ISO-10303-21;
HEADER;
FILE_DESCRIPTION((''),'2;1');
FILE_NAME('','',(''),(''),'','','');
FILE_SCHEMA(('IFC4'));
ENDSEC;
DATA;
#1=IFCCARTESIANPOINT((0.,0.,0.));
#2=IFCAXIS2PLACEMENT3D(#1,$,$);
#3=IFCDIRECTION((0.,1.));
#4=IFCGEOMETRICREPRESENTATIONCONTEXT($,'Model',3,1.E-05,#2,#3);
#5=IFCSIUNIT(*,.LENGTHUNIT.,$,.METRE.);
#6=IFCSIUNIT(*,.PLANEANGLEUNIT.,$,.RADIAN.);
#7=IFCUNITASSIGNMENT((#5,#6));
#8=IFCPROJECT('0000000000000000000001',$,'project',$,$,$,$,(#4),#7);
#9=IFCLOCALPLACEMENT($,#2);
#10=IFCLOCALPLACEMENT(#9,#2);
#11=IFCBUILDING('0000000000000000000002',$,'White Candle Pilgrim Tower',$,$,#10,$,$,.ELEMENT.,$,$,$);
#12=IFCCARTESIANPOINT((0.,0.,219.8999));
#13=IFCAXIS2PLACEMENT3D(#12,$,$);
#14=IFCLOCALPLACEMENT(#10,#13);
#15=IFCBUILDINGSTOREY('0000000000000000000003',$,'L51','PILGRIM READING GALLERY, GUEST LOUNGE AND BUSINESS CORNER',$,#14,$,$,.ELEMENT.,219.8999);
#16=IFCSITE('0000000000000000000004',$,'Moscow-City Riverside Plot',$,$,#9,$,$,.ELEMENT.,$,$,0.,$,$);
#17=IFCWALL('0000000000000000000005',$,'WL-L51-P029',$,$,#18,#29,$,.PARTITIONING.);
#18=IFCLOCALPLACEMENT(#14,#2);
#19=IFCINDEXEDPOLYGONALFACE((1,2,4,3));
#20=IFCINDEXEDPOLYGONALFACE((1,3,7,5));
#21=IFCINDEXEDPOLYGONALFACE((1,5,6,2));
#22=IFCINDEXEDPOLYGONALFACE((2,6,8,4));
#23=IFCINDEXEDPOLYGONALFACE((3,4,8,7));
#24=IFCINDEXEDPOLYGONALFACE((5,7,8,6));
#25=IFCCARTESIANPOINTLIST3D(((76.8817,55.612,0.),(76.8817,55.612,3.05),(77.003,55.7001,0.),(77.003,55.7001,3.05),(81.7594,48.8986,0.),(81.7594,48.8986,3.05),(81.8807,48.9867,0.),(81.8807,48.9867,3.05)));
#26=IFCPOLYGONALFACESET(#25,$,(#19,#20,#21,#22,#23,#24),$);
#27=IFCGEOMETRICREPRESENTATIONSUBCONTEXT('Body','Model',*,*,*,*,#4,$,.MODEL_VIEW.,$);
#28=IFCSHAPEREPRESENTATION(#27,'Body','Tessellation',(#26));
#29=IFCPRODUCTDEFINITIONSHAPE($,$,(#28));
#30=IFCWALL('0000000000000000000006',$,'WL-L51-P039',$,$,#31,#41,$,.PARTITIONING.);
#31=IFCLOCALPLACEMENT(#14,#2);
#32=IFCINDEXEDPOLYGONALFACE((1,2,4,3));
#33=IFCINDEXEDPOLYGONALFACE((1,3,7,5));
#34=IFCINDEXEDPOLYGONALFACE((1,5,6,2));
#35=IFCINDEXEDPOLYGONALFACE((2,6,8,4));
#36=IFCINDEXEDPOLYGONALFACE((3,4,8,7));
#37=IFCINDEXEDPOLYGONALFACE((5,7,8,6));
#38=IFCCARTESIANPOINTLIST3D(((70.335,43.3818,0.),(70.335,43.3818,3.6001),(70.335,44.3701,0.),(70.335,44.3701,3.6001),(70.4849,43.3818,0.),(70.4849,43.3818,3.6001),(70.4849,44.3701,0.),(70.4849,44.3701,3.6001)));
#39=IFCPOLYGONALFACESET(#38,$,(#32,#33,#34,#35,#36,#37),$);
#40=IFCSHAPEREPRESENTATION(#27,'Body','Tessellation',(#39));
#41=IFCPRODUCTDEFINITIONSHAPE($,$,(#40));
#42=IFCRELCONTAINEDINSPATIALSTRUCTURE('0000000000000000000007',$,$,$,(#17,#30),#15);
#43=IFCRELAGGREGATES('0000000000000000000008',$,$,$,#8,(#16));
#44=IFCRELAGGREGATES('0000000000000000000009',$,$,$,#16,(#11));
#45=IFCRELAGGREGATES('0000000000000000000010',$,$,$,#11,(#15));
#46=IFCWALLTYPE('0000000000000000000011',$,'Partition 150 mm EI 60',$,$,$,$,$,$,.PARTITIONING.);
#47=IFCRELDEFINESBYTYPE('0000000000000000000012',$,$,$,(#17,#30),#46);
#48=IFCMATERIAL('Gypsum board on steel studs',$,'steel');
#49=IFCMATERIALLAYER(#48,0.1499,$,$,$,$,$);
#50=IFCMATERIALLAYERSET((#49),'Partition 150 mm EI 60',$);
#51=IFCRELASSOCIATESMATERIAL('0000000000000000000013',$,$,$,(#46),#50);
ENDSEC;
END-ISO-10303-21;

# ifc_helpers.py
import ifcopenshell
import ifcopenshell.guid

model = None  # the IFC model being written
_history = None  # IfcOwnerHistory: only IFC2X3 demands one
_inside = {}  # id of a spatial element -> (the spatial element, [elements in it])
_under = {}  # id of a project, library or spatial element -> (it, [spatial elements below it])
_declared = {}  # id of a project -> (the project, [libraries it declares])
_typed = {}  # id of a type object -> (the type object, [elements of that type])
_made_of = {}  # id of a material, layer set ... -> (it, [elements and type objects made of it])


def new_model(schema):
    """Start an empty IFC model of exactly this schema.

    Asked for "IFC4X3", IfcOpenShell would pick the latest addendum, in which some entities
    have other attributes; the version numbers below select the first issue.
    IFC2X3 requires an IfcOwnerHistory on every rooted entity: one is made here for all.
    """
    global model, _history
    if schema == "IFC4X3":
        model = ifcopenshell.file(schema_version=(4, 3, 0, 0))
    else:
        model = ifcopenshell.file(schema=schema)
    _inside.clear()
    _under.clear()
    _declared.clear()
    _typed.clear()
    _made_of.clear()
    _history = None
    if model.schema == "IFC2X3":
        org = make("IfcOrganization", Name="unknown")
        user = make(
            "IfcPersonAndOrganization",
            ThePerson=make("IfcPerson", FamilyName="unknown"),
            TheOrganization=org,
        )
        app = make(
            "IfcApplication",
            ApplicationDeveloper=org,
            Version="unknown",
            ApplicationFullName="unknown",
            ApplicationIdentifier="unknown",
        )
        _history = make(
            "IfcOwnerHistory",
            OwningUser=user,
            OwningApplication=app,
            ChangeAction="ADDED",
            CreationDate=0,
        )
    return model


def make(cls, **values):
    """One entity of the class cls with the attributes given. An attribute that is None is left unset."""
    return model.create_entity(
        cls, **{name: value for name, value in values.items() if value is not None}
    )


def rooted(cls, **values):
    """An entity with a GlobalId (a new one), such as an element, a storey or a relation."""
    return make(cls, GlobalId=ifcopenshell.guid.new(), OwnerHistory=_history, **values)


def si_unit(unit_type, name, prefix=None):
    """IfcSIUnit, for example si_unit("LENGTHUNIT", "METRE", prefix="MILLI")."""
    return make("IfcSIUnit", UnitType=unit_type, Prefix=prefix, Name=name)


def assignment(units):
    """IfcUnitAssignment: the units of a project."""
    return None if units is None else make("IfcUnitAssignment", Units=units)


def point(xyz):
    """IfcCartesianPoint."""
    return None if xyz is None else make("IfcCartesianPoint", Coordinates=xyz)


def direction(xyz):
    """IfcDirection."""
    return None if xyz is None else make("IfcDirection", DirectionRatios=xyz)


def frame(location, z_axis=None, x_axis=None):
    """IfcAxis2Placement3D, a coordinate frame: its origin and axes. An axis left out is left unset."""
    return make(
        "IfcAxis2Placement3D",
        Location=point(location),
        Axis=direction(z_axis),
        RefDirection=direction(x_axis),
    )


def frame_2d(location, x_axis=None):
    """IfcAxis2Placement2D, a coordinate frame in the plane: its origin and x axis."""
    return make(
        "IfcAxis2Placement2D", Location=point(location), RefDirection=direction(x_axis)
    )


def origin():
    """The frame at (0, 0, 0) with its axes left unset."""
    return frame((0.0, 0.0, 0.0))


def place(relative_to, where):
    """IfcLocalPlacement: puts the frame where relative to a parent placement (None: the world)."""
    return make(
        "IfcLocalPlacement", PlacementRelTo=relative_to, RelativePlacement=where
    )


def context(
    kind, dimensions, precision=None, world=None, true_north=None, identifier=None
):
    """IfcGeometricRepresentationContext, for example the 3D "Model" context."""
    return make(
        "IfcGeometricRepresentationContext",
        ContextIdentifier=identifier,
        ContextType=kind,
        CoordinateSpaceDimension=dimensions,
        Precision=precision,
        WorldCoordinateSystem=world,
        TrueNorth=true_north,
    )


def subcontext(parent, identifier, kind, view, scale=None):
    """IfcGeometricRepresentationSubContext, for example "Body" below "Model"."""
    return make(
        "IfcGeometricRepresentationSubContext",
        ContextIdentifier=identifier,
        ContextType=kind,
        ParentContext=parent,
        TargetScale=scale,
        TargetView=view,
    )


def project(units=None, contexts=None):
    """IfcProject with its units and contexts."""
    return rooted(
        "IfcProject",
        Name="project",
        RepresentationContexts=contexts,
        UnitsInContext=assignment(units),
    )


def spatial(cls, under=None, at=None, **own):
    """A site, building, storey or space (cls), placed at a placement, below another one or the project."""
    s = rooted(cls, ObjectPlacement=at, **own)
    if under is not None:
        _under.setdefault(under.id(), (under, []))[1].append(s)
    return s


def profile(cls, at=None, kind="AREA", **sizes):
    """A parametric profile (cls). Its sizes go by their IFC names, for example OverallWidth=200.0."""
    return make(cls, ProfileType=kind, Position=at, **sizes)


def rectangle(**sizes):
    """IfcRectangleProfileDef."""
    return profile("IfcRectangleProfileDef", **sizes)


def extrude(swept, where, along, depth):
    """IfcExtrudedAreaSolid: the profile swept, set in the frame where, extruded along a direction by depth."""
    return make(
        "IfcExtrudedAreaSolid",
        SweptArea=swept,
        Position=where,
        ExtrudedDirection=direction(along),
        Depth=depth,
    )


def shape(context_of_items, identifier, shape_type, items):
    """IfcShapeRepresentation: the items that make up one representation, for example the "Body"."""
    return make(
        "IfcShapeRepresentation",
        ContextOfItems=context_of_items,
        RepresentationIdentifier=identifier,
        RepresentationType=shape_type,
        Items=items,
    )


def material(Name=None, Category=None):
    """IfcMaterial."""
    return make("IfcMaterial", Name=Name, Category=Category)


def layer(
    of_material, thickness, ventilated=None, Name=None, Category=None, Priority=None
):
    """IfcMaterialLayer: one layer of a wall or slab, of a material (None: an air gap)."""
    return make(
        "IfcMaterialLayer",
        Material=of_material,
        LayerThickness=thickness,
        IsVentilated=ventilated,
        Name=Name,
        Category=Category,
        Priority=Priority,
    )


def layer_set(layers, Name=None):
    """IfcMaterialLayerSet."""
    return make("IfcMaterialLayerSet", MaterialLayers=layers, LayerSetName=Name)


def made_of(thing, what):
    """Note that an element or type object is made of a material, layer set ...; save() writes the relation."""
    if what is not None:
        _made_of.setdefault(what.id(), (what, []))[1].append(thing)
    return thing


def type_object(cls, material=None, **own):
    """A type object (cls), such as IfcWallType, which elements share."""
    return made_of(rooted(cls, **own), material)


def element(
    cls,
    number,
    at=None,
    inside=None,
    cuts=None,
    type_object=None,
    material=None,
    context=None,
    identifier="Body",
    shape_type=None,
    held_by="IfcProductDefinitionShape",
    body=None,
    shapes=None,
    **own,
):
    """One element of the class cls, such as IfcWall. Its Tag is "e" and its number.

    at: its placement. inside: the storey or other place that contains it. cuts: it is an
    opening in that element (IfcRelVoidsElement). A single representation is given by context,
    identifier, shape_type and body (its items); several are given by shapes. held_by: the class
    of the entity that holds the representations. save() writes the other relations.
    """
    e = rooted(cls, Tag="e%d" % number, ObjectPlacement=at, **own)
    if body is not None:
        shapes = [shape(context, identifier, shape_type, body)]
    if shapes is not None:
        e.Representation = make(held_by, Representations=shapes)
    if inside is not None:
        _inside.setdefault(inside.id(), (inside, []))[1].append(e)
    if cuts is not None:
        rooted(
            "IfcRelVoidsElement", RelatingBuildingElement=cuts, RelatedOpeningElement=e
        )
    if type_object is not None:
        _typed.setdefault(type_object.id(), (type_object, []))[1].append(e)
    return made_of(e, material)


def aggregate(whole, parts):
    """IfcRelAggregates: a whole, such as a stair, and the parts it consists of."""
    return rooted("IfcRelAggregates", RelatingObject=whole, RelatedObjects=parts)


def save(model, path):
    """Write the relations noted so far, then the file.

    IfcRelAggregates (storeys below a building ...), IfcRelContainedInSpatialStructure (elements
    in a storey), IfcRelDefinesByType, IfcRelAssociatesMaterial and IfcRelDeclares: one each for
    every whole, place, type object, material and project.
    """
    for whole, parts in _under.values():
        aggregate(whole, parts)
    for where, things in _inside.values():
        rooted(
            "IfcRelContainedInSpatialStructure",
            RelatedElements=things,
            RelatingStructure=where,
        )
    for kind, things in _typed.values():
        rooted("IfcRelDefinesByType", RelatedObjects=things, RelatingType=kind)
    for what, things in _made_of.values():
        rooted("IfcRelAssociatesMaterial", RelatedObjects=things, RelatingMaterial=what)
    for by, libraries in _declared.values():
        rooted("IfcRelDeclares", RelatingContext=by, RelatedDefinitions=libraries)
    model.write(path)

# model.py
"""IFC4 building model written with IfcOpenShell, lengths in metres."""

from ifc_helpers import new_model, si_unit, direction, frame, frame_2d, origin, place, context, subcontext, project, spatial, rectangle, extrude, material, layer, layer_set, type_object, element, save


model = new_model("IFC4")

# Units and contexts
model_context = context("Model", 3, precision=1e-05, world=origin(), true_north=direction((0.0, 1.0)))
body_context = subcontext(model_context, "Body", "Model", "MODEL_VIEW")
ifc_project = project(units=[si_unit("LENGTHUNIT", "METRE"), si_unit("PLANEANGLEUNIT", "RADIAN")], contexts=[model_context])

# Site, building, storey
site_placement = place(None, origin())
site = spatial("IfcSite", under=ifc_project, at=site_placement, Name="Moscow-City Riverside Plot", CompositionType="ELEMENT", RefElevation=0.0)
building_placement = place(site_placement, origin())
building = spatial("IfcBuilding", under=site, at=building_placement, Name="White Candle Pilgrim Tower", CompositionType="ELEMENT")
storey_placement = place(building_placement, frame((0.0, 0.0, 219.8999)))
storey = spatial("IfcBuildingStorey", under=building, at=storey_placement, Name="L51", Description="PILGRIM READING GALLERY, GUEST LOUNGE AND BUSINESS CORNER", CompositionType="ELEMENT", Elevation=219.8999)

# Shared definitions
ifc_material_1 = material(Name="Gypsum board on steel studs", Category="steel")

# Walls
ifc_layer_1 = layer(ifc_material_1, 0.1499)
ifc_layer_set_1 = layer_set([ifc_layer_1], Name="Partition 150 mm EI 60")
wall_type_1 = type_object("IfcWallType", Name="Partition 150 mm EI 60", PredefinedType="PARTITIONING", material=ifc_layer_set_1)
wall_1_placement = place(storey_placement, frame((81.8201, 48.9426, 0.0), z_axis=(0.0, 0.0, 1.0), x_axis=(-0.587796, 0.80901, 0.0)))
element("IfcWall", 1, at=wall_1_placement, inside=storey, type_object=wall_type_1, Name="WL-L51-P029", PredefinedType="PARTITIONING", context=body_context, shape_type="SweptSolid", body=[
    extrude(rectangle(XDim=8.2983, YDim=0.1499, at=frame_2d((4.1492, 0.0))), origin(), (0.0, 0.0, 1.0), 3.05),
])
wall_2_placement = place(storey_placement, frame((70.4099, 44.3701, 0.0), z_axis=(0.0, 0.0, 1.0), x_axis=(0.0, -1.0, 0.0)))
element("IfcWall", 2, at=wall_2_placement, inside=storey, type_object=wall_type_1, Name="WL-L51-P039", PredefinedType="PARTITIONING", context=body_context, shape_type="SweptSolid", body=[
    extrude(rectangle(XDim=0.9883, YDim=0.1499, at=frame_2d((0.4941, 0.0))), origin(), (0.0, 0.0, 1.0), 3.6001),
])

save(model, "model.ifc")
